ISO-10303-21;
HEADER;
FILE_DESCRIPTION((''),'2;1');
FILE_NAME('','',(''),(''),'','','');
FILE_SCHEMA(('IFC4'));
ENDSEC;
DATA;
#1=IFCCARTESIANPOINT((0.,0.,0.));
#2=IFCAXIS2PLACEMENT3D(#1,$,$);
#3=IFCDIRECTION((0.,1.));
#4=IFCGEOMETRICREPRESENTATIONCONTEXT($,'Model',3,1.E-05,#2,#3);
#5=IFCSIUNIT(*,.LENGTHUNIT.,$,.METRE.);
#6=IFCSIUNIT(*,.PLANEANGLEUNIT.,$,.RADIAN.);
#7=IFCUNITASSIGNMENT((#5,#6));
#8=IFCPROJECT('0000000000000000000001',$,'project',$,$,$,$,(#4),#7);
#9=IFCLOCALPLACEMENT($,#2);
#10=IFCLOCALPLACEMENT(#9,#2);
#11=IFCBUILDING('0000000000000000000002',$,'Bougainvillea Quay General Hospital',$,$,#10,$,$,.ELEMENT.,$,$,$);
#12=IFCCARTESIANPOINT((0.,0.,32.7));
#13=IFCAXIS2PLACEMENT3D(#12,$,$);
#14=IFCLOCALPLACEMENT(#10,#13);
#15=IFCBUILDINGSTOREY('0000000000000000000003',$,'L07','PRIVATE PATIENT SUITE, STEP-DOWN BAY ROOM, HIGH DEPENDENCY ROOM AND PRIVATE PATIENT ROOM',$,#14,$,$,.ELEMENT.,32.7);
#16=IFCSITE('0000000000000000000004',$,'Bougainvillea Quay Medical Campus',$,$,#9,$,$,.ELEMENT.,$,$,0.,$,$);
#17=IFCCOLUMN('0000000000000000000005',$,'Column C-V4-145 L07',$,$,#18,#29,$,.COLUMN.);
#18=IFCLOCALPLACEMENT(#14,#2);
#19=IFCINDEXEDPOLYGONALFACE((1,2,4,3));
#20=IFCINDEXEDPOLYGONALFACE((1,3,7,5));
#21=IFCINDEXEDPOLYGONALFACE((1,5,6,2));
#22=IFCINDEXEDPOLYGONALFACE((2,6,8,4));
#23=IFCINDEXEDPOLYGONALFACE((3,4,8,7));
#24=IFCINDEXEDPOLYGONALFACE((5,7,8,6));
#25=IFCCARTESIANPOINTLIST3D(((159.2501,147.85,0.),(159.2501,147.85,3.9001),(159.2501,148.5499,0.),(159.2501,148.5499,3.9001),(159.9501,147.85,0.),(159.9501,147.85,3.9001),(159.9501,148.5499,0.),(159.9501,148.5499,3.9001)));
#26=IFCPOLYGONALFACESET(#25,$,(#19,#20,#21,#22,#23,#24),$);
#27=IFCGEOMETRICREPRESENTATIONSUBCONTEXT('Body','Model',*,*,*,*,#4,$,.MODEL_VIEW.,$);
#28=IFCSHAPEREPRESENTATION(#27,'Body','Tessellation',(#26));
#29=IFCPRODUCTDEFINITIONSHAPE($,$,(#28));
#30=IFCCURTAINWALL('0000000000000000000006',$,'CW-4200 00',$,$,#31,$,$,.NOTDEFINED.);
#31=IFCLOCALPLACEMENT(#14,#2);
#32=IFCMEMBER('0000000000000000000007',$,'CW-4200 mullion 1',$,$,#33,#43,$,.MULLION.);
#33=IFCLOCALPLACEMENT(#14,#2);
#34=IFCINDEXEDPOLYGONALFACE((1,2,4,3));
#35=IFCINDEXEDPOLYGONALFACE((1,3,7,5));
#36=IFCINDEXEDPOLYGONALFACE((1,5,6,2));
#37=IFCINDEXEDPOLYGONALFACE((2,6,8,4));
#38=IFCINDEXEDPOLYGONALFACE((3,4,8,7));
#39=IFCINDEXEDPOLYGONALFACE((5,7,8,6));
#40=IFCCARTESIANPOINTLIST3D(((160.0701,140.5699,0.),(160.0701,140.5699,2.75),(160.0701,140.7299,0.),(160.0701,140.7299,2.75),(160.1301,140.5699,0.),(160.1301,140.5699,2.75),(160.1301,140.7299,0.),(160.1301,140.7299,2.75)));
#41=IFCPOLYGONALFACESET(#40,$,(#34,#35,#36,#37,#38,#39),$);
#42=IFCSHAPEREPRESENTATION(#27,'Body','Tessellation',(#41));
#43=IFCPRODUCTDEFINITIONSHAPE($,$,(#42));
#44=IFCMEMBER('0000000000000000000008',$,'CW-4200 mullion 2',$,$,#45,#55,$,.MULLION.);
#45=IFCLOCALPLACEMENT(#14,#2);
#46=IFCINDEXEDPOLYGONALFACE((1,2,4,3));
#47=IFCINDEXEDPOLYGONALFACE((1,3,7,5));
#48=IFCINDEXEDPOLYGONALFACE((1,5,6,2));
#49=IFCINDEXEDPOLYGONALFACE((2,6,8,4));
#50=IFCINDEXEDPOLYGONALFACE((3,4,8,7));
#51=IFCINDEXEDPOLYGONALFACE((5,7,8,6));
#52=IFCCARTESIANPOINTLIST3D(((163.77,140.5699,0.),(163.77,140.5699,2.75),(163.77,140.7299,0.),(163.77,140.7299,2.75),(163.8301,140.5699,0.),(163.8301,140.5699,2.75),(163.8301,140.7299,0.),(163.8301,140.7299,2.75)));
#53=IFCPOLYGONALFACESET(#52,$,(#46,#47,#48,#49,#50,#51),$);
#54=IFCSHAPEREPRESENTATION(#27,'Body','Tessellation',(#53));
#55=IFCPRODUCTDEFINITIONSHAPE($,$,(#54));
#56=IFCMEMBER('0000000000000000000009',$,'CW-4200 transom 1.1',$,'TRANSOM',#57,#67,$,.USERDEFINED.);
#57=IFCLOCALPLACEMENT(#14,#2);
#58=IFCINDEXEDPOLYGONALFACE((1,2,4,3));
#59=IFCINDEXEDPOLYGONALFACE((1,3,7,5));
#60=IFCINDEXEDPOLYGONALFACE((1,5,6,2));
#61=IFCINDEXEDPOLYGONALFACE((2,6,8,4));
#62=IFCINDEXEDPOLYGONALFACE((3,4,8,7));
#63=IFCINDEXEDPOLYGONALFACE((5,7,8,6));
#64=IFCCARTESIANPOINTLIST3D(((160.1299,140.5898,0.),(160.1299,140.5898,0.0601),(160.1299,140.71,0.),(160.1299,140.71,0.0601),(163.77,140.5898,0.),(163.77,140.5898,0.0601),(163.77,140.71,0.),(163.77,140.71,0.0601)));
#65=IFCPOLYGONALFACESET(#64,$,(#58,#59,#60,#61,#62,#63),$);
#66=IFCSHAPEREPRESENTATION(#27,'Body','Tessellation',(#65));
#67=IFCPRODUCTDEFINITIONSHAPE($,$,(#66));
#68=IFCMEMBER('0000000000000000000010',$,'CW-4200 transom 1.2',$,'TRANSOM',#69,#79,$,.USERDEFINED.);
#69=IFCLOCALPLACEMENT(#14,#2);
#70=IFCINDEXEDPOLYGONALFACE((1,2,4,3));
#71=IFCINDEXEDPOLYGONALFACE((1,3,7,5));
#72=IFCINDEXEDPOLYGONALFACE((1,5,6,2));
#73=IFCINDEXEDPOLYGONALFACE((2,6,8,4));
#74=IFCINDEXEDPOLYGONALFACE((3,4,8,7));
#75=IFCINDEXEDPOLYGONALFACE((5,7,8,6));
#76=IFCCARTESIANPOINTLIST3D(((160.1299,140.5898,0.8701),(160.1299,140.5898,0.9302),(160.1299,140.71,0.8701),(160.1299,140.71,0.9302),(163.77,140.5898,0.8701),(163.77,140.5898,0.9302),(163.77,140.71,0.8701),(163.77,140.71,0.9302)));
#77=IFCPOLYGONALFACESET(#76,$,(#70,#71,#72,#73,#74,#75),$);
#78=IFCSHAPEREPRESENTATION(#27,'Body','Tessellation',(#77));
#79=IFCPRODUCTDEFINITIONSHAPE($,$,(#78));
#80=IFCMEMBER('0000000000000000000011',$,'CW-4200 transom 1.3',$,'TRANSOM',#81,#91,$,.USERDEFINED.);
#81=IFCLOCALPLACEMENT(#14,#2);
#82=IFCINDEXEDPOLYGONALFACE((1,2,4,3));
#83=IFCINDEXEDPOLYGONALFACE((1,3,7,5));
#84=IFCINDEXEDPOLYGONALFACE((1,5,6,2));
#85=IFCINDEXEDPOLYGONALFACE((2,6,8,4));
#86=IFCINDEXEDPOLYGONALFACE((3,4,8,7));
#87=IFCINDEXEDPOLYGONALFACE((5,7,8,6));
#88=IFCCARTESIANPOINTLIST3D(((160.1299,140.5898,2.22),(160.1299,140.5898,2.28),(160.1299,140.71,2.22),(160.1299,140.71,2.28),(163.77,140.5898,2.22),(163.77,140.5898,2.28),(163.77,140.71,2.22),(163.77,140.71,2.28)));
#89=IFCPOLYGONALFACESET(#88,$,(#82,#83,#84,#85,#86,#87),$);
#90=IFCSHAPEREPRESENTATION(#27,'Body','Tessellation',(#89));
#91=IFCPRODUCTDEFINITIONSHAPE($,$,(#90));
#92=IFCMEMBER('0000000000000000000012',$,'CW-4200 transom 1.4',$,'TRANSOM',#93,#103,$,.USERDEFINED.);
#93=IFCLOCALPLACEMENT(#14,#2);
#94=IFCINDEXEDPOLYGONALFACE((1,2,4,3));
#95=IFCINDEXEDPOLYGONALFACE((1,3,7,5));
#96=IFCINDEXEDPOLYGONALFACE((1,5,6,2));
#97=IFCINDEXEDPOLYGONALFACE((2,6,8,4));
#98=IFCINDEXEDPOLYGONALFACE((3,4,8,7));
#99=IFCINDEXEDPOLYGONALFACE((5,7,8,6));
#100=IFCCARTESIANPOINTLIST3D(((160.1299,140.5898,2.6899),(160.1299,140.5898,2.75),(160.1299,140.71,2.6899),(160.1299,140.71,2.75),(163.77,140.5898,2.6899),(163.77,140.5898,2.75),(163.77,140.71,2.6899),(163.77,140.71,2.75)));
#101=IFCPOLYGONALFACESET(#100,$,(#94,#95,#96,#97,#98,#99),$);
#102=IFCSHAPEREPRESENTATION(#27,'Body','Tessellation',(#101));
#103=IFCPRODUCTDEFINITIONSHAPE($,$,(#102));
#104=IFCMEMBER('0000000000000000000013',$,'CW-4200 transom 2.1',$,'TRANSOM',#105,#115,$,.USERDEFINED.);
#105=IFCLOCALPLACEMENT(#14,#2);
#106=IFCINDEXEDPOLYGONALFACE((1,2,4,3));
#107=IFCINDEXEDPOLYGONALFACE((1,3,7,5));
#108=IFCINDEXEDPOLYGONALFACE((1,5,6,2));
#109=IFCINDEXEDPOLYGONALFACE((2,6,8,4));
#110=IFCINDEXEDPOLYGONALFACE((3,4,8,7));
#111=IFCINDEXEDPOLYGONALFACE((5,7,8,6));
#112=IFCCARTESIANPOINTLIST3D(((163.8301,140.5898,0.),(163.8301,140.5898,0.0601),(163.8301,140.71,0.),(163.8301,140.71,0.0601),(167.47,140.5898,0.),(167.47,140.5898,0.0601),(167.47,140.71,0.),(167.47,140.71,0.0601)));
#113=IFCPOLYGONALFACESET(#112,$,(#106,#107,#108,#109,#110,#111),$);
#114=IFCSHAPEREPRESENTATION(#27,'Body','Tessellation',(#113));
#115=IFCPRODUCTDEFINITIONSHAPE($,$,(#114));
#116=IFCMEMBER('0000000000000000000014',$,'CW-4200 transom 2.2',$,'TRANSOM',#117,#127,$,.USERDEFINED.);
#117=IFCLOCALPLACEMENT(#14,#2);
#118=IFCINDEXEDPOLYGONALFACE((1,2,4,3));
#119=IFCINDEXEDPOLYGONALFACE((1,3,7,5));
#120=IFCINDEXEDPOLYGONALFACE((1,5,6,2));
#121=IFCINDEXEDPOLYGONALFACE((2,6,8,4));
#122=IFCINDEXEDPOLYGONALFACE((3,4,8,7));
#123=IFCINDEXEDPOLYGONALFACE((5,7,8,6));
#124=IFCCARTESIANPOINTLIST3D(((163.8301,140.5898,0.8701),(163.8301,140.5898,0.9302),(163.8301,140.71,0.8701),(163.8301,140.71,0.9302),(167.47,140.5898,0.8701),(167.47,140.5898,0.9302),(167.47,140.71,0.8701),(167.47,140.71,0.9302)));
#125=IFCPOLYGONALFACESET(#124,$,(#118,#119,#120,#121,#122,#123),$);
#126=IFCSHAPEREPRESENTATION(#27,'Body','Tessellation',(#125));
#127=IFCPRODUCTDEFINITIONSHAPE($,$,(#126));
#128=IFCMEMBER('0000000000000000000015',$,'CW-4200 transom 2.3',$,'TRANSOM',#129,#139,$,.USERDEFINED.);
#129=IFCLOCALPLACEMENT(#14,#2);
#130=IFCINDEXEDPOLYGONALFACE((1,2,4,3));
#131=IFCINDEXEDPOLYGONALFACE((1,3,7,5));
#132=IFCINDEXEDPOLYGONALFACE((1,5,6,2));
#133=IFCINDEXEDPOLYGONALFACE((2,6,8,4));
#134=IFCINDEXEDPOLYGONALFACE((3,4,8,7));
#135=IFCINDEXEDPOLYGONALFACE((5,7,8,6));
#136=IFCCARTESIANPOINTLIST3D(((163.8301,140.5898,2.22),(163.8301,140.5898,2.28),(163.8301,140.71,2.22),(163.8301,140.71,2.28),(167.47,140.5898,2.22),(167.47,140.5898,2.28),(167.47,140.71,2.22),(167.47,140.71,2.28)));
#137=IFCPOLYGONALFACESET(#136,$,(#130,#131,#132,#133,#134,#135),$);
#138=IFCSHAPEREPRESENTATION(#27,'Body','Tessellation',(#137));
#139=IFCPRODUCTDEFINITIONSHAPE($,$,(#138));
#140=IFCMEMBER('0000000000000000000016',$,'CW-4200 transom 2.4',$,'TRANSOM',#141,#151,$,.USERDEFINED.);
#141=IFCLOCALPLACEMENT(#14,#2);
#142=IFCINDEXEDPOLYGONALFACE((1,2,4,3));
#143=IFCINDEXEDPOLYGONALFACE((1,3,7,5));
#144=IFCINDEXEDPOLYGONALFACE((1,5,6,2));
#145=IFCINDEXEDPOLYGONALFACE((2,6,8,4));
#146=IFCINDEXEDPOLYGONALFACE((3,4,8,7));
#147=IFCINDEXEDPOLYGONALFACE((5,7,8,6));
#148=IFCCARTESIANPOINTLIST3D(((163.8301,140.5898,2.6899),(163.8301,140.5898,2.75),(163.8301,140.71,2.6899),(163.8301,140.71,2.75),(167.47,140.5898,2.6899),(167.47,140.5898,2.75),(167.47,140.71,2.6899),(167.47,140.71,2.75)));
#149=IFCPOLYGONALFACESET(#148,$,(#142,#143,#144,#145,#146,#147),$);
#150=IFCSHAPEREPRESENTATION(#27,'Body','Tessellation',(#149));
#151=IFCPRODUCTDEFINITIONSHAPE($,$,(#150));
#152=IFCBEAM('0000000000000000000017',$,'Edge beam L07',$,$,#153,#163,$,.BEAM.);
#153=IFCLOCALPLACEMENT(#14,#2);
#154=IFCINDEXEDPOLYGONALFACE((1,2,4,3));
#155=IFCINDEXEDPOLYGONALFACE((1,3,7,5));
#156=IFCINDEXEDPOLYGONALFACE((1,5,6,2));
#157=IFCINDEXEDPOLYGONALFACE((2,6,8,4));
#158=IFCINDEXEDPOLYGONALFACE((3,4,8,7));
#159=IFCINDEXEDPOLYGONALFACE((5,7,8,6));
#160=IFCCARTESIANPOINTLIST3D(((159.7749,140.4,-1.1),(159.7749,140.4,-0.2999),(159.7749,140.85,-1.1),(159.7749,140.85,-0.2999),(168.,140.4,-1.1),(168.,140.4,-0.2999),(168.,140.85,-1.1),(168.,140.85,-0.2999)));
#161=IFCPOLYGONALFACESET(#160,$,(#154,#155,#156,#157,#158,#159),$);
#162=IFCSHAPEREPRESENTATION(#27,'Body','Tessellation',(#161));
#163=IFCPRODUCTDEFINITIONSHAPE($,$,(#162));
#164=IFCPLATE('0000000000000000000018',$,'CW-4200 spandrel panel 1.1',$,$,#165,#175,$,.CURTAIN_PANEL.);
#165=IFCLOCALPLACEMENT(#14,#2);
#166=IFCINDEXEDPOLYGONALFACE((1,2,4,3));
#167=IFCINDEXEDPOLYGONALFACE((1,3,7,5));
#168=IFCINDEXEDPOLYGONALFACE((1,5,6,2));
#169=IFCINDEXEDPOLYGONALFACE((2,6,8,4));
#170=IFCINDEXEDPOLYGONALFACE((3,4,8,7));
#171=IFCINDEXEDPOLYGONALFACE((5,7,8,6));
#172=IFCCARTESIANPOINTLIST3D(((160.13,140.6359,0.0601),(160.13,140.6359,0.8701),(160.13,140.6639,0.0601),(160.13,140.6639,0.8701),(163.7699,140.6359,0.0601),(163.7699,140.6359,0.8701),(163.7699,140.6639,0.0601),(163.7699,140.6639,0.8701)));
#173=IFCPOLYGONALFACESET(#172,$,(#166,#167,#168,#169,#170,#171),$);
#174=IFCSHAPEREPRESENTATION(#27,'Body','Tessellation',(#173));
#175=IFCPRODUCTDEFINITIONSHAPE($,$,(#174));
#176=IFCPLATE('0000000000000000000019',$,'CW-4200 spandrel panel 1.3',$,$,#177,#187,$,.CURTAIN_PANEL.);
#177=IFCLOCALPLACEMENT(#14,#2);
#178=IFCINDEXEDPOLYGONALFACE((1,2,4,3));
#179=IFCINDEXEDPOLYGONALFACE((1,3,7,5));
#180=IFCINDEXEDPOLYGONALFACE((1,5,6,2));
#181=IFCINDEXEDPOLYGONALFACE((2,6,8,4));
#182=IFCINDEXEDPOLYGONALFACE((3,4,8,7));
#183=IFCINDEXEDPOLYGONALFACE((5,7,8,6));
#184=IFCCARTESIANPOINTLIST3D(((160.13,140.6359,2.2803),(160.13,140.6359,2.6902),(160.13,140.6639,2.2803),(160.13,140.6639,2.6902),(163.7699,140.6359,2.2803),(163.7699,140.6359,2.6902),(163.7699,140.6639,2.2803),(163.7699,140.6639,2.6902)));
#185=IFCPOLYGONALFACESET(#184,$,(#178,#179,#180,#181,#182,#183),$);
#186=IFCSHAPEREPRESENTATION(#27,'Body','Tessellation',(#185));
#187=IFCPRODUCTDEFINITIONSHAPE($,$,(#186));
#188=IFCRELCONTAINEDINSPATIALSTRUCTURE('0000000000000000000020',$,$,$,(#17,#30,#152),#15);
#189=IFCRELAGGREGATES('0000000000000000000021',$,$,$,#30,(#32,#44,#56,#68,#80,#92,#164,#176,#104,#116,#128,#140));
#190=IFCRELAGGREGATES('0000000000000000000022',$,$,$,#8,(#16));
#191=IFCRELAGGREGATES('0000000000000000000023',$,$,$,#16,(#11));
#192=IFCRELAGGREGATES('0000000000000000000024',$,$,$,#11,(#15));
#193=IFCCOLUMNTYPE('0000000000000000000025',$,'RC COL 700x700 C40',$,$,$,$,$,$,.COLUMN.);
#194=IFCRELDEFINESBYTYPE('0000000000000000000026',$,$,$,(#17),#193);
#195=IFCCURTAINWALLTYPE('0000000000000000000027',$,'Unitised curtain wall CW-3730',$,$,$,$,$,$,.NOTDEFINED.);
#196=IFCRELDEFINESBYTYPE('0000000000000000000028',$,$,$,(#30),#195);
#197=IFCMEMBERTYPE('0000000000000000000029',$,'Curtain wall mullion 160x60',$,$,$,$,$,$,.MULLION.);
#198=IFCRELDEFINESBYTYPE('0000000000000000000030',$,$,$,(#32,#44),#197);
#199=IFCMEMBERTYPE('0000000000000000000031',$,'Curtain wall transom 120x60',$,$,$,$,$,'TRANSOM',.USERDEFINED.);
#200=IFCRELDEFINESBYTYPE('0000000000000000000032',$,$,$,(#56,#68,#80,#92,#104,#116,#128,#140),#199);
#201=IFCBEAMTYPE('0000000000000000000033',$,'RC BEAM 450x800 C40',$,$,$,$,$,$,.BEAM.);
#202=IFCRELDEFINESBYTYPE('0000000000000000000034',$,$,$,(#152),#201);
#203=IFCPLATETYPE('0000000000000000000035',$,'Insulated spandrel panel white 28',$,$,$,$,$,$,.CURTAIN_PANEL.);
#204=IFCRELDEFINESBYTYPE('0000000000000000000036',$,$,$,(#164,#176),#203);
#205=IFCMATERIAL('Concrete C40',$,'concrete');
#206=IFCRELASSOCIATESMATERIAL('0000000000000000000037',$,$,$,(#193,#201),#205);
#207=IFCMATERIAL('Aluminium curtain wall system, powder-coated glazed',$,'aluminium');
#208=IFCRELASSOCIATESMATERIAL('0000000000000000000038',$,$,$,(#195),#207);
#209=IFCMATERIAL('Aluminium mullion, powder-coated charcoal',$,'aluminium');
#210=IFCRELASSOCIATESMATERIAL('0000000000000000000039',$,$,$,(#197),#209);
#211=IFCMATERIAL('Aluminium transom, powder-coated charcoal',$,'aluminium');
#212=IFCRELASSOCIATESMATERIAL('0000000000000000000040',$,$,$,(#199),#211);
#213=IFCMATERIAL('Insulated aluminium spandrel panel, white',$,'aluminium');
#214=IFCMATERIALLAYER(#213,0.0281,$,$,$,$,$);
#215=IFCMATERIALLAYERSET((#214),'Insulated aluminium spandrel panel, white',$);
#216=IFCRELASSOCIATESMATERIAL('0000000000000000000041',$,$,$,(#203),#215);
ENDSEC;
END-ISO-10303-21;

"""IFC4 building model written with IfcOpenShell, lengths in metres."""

from ifc_helpers import new_model, si_unit, direction, frame, origin, origin_2d, place, context, subcontext, project, spatial, rectangle, extrude, material, layer, layer_set, material_profile, profile_set, type_object, element, aggregate, save


model = new_model("IFC4")

# Units and contexts
model_context = context("Model", 3, precision=1e-05, world=origin(), true_north=direction((0.0, 1.0)))
body_context = subcontext(model_context, "Body", "Model", "MODEL_VIEW")
ifc_project = project(units=[si_unit("LENGTHUNIT", "METRE"), si_unit("PLANEANGLEUNIT", "RADIAN")], contexts=[model_context])

# Site, building, storey
site_placement = place(None, origin())
site = spatial("IfcSite", under=ifc_project, at=site_placement, Name="Bougainvillea Quay Medical Campus", CompositionType="ELEMENT", RefElevation=0.0)
building_placement = place(site_placement, origin())
building = spatial("IfcBuilding", under=site, at=building_placement, Name="Bougainvillea Quay General Hospital", CompositionType="ELEMENT")
storey_placement = place(building_placement, frame((0.0, 0.0, 32.7)))
storey = spatial("IfcBuildingStorey", under=building, at=storey_placement, Name="L07", Description="PRIVATE PATIENT SUITE, STEP-DOWN BAY ROOM, HIGH DEPENDENCY ROOM AND PRIVATE PATIENT ROOM", CompositionType="ELEMENT", Elevation=32.7)

# Column
ifc_material_1 = material(Name="Concrete C40", Category="concrete")
ifc_material_profile_1 = material_profile(ifc_material_1, rectangle(XDim=0.7, YDim=0.7, at=origin_2d()))
ifc_profile_set_1 = profile_set([ifc_material_profile_1], Name="Concrete C40")
column_type = type_object("IfcColumnType", Name="RC COL 700x700 C40", PredefinedType="COLUMN", material=ifc_profile_set_1)
column_placement = place(storey_placement, frame((159.6001, 148.2, 0.0), z_axis=(0.0, 0.0, 1.0), x_axis=(1.0, 0.0, 0.0)))
element("IfcColumn", 1, at=column_placement, inside=storey, type_object=column_type, Name="Column C-V4-145 L07", PredefinedType="COLUMN", context=body_context, shape_type="SweptSolid", body=[
    extrude(rectangle(XDim=0.7, YDim=0.7, at=origin_2d()), origin(), (0.0, 0.0, 1.0), 3.9001),
])

# Curtain wall, members
ifc_material_2 = material(Name="Aluminium curtain wall system, powder-coated glazed", Category="aluminium")
curtain_wall_type = type_object("IfcCurtainWallType", Name="Unitised curtain wall CW-3730", PredefinedType="NOTDEFINED", material=ifc_material_2)
curtain_wall_placement = place(storey_placement, origin())
curtain_wall = element("IfcCurtainWall", 2, at=curtain_wall_placement, inside=storey, type_object=curtain_wall_type, Name="CW-4200 00", PredefinedType="NOTDEFINED")
ifc_material_3 = material(Name="Aluminium mullion, powder-coated charcoal", Category="aluminium")
ifc_material_profile_2 = material_profile(ifc_material_3, rectangle(XDim=0.1599, YDim=0.0601, at=origin_2d()))
ifc_profile_set_2 = profile_set([ifc_material_profile_2], Name="Aluminium mullion, powder-coated charcoal")
member_type_1 = type_object("IfcMemberType", Name="Curtain wall mullion 160x60", PredefinedType="MULLION", material=ifc_profile_set_2)
member_1_placement = place(storey_placement, frame((160.1001, 140.6499, 0.0), z_axis=(0.0, 0.0, 1.0), x_axis=(0.0, 1.0, 0.0)))
member_1 = element("IfcMember", 3, at=member_1_placement, type_object=member_type_1, Name="CW-4200 mullion 1", PredefinedType="MULLION", context=body_context, shape_type="SweptSolid", body=[
    extrude(rectangle(XDim=0.1599, YDim=0.0601, at=origin_2d()), origin(), (0.0, 0.0, 1.0), 2.75),
])
member_2_placement = place(storey_placement, frame((163.8, 140.6499, 0.0), z_axis=(0.0, 0.0, 1.0), x_axis=(0.0, 1.0, 0.0)))
member_2 = element("IfcMember", 4, at=member_2_placement, type_object=member_type_1, Name="CW-4200 mullion 2", PredefinedType="MULLION", context=body_context, shape_type="SweptSolid", body=[
    extrude(rectangle(XDim=0.1599, YDim=0.0601, at=origin_2d()), origin(), (0.0, 0.0, 1.0), 2.75),
])
ifc_material_4 = material(Name="Aluminium transom, powder-coated charcoal", Category="aluminium")
ifc_material_profile_3 = material_profile(ifc_material_4, rectangle(XDim=0.1201, YDim=0.0601, at=origin_2d()))
ifc_profile_set_3 = profile_set([ifc_material_profile_3], Name="Aluminium transom, powder-coated charcoal")
member_type_2 = type_object("IfcMemberType", Name="Curtain wall transom 120x60", ElementType="TRANSOM", PredefinedType="USERDEFINED", material=ifc_profile_set_3)
member_3_placement = place(storey_placement, frame((160.1299, 140.6499, 0.03), z_axis=(1.0, 0.0, 0.0), x_axis=(0.0, 1.0, 0.0)))
member_3 = element("IfcMember", 5, at=member_3_placement, type_object=member_type_2, Name="CW-4200 transom 1.1", ObjectType="TRANSOM", PredefinedType="USERDEFINED", context=body_context, shape_type="SweptSolid", body=[
    extrude(rectangle(XDim=0.1201, YDim=0.0601, at=origin_2d()), origin(), (0.0, 0.0, 1.0), 3.6401),
])
member_4_placement = place(storey_placement, frame((160.1299, 140.6499, 0.9001), z_axis=(1.0, 0.0, 0.0), x_axis=(0.0, 1.0, 0.0)))
member_4 = element("IfcMember", 6, at=member_4_placement, type_object=member_type_2, Name="CW-4200 transom 1.2", ObjectType="TRANSOM", PredefinedType="USERDEFINED", context=body_context, shape_type="SweptSolid", body=[
    extrude(rectangle(XDim=0.1201, YDim=0.0601, at=origin_2d()), origin(), (0.0, 0.0, 1.0), 3.6401),
])
member_5_placement = place(storey_placement, frame((160.1299, 140.6499, 2.25), z_axis=(1.0, 0.0, 0.0), x_axis=(0.0, 1.0, 0.0)))
member_5 = element("IfcMember", 7, at=member_5_placement, type_object=member_type_2, Name="CW-4200 transom 1.3", ObjectType="TRANSOM", PredefinedType="USERDEFINED", context=body_context, shape_type="SweptSolid", body=[
    extrude(rectangle(XDim=0.1201, YDim=0.0601, at=origin_2d()), origin(), (0.0, 0.0, 1.0), 3.6401),
])
member_6_placement = place(storey_placement, frame((160.1299, 140.6499, 2.72), z_axis=(1.0, 0.0, 0.0), x_axis=(0.0, 1.0, 0.0)))
member_6 = element("IfcMember", 8, at=member_6_placement, type_object=member_type_2, Name="CW-4200 transom 1.4", ObjectType="TRANSOM", PredefinedType="USERDEFINED", context=body_context, shape_type="SweptSolid", body=[
    extrude(rectangle(XDim=0.1201, YDim=0.0601, at=origin_2d()), origin(), (0.0, 0.0, 1.0), 3.6401),
])
member_7_placement = place(storey_placement, frame((163.8301, 140.6499, 0.03), z_axis=(1.0, 0.0, 0.0), x_axis=(0.0, 1.0, 0.0)))
member_7 = element("IfcMember", 9, at=member_7_placement, type_object=member_type_2, Name="CW-4200 transom 2.1", ObjectType="TRANSOM", PredefinedType="USERDEFINED", context=body_context, shape_type="SweptSolid", body=[
    extrude(rectangle(XDim=0.1201, YDim=0.0601, at=origin_2d()), origin(), (0.0, 0.0, 1.0), 3.6399),
])
member_8_placement = place(storey_placement, frame((163.8301, 140.6499, 0.9001), z_axis=(1.0, 0.0, 0.0), x_axis=(0.0, 1.0, 0.0)))
member_8 = element("IfcMember", 10, at=member_8_placement, type_object=member_type_2, Name="CW-4200 transom 2.2", ObjectType="TRANSOM", PredefinedType="USERDEFINED", context=body_context, shape_type="SweptSolid", body=[
    extrude(rectangle(XDim=0.1201, YDim=0.0601, at=origin_2d()), origin(), (0.0, 0.0, 1.0), 3.6399),
])
member_9_placement = place(storey_placement, frame((163.8301, 140.6499, 2.25), z_axis=(1.0, 0.0, 0.0), x_axis=(0.0, 1.0, 0.0)))
member_9 = element("IfcMember", 11, at=member_9_placement, type_object=member_type_2, Name="CW-4200 transom 2.3", ObjectType="TRANSOM", PredefinedType="USERDEFINED", context=body_context, shape_type="SweptSolid", body=[
    extrude(rectangle(XDim=0.1201, YDim=0.0601, at=origin_2d()), origin(), (0.0, 0.0, 1.0), 3.6399),
])
member_10_placement = place(storey_placement, frame((163.8301, 140.6499, 2.72), z_axis=(1.0, 0.0, 0.0), x_axis=(0.0, 1.0, 0.0)))
member_10 = element("IfcMember", 12, at=member_10_placement, type_object=member_type_2, Name="CW-4200 transom 2.4", ObjectType="TRANSOM", PredefinedType="USERDEFINED", context=body_context, shape_type="SweptSolid", body=[
    extrude(rectangle(XDim=0.1201, YDim=0.0601, at=origin_2d()), origin(), (0.0, 0.0, 1.0), 3.6399),
])

# Beam
ifc_material_profile_4 = material_profile(ifc_material_1, rectangle(XDim=0.45, YDim=0.8, at=origin_2d()))
ifc_profile_set_4 = profile_set([ifc_material_profile_4], Name="Concrete C40")
beam_type = type_object("IfcBeamType", Name="RC BEAM 450x800 C40", PredefinedType="BEAM", material=ifc_profile_set_4)
beam_placement = place(storey_placement, frame((159.7749, 140.625, -0.7), z_axis=(1.0, 0.0, 0.0), x_axis=(0.0, 1.0, 0.0)))
element("IfcBeam", 13, at=beam_placement, inside=storey, type_object=beam_type, Name="Edge beam L07", PredefinedType="BEAM", context=body_context, shape_type="SweptSolid", body=[
    extrude(rectangle(XDim=0.45, YDim=0.8, at=origin_2d()), origin(), (0.0, 0.0, 1.0), 8.2251),
])

# Plates
ifc_material_5 = material(Name="Insulated aluminium spandrel panel, white", Category="aluminium")
ifc_layer_1 = layer(ifc_material_5, 0.0281)
ifc_layer_set_1 = layer_set([ifc_layer_1], Name="Insulated aluminium spandrel panel, white")
plate_type_1 = type_object("IfcPlateType", Name="Insulated spandrel panel white 28", PredefinedType="CURTAIN_PANEL", material=ifc_layer_set_1)
plate_1_placement = place(storey_placement, frame((161.95, 140.6499, 0.0601), z_axis=(0.0, 0.0, 1.0), x_axis=(1.0, 0.0, 0.0)))
plate_1 = element("IfcPlate", 14, at=plate_1_placement, type_object=plate_type_1, Name="CW-4200 spandrel panel 1.1", PredefinedType="CURTAIN_PANEL", context=body_context, shape_type="SweptSolid", body=[
    extrude(rectangle(XDim=3.6399, YDim=0.0281, at=origin_2d()), origin(), (0.0, 0.0, 1.0), 0.8101),
])
plate_2_placement = place(storey_placement, frame((161.95, 140.6499, 2.2803), z_axis=(0.0, 0.0, 1.0), x_axis=(1.0, 0.0, 0.0)))
plate_2 = element("IfcPlate", 15, at=plate_2_placement, type_object=plate_type_1, Name="CW-4200 spandrel panel 1.3", PredefinedType="CURTAIN_PANEL", context=body_context, shape_type="SweptSolid", body=[
    extrude(rectangle(XDim=3.6399, YDim=0.0281, at=origin_2d()), origin(), (0.0, 0.0, 1.0), 0.4099),
])
aggregate(curtain_wall, [member_1, member_2, member_3, member_4, member_5, member_6, plate_1, plate_2, member_7, member_8, member_9, member_10])

save(model, "model.ifc")
